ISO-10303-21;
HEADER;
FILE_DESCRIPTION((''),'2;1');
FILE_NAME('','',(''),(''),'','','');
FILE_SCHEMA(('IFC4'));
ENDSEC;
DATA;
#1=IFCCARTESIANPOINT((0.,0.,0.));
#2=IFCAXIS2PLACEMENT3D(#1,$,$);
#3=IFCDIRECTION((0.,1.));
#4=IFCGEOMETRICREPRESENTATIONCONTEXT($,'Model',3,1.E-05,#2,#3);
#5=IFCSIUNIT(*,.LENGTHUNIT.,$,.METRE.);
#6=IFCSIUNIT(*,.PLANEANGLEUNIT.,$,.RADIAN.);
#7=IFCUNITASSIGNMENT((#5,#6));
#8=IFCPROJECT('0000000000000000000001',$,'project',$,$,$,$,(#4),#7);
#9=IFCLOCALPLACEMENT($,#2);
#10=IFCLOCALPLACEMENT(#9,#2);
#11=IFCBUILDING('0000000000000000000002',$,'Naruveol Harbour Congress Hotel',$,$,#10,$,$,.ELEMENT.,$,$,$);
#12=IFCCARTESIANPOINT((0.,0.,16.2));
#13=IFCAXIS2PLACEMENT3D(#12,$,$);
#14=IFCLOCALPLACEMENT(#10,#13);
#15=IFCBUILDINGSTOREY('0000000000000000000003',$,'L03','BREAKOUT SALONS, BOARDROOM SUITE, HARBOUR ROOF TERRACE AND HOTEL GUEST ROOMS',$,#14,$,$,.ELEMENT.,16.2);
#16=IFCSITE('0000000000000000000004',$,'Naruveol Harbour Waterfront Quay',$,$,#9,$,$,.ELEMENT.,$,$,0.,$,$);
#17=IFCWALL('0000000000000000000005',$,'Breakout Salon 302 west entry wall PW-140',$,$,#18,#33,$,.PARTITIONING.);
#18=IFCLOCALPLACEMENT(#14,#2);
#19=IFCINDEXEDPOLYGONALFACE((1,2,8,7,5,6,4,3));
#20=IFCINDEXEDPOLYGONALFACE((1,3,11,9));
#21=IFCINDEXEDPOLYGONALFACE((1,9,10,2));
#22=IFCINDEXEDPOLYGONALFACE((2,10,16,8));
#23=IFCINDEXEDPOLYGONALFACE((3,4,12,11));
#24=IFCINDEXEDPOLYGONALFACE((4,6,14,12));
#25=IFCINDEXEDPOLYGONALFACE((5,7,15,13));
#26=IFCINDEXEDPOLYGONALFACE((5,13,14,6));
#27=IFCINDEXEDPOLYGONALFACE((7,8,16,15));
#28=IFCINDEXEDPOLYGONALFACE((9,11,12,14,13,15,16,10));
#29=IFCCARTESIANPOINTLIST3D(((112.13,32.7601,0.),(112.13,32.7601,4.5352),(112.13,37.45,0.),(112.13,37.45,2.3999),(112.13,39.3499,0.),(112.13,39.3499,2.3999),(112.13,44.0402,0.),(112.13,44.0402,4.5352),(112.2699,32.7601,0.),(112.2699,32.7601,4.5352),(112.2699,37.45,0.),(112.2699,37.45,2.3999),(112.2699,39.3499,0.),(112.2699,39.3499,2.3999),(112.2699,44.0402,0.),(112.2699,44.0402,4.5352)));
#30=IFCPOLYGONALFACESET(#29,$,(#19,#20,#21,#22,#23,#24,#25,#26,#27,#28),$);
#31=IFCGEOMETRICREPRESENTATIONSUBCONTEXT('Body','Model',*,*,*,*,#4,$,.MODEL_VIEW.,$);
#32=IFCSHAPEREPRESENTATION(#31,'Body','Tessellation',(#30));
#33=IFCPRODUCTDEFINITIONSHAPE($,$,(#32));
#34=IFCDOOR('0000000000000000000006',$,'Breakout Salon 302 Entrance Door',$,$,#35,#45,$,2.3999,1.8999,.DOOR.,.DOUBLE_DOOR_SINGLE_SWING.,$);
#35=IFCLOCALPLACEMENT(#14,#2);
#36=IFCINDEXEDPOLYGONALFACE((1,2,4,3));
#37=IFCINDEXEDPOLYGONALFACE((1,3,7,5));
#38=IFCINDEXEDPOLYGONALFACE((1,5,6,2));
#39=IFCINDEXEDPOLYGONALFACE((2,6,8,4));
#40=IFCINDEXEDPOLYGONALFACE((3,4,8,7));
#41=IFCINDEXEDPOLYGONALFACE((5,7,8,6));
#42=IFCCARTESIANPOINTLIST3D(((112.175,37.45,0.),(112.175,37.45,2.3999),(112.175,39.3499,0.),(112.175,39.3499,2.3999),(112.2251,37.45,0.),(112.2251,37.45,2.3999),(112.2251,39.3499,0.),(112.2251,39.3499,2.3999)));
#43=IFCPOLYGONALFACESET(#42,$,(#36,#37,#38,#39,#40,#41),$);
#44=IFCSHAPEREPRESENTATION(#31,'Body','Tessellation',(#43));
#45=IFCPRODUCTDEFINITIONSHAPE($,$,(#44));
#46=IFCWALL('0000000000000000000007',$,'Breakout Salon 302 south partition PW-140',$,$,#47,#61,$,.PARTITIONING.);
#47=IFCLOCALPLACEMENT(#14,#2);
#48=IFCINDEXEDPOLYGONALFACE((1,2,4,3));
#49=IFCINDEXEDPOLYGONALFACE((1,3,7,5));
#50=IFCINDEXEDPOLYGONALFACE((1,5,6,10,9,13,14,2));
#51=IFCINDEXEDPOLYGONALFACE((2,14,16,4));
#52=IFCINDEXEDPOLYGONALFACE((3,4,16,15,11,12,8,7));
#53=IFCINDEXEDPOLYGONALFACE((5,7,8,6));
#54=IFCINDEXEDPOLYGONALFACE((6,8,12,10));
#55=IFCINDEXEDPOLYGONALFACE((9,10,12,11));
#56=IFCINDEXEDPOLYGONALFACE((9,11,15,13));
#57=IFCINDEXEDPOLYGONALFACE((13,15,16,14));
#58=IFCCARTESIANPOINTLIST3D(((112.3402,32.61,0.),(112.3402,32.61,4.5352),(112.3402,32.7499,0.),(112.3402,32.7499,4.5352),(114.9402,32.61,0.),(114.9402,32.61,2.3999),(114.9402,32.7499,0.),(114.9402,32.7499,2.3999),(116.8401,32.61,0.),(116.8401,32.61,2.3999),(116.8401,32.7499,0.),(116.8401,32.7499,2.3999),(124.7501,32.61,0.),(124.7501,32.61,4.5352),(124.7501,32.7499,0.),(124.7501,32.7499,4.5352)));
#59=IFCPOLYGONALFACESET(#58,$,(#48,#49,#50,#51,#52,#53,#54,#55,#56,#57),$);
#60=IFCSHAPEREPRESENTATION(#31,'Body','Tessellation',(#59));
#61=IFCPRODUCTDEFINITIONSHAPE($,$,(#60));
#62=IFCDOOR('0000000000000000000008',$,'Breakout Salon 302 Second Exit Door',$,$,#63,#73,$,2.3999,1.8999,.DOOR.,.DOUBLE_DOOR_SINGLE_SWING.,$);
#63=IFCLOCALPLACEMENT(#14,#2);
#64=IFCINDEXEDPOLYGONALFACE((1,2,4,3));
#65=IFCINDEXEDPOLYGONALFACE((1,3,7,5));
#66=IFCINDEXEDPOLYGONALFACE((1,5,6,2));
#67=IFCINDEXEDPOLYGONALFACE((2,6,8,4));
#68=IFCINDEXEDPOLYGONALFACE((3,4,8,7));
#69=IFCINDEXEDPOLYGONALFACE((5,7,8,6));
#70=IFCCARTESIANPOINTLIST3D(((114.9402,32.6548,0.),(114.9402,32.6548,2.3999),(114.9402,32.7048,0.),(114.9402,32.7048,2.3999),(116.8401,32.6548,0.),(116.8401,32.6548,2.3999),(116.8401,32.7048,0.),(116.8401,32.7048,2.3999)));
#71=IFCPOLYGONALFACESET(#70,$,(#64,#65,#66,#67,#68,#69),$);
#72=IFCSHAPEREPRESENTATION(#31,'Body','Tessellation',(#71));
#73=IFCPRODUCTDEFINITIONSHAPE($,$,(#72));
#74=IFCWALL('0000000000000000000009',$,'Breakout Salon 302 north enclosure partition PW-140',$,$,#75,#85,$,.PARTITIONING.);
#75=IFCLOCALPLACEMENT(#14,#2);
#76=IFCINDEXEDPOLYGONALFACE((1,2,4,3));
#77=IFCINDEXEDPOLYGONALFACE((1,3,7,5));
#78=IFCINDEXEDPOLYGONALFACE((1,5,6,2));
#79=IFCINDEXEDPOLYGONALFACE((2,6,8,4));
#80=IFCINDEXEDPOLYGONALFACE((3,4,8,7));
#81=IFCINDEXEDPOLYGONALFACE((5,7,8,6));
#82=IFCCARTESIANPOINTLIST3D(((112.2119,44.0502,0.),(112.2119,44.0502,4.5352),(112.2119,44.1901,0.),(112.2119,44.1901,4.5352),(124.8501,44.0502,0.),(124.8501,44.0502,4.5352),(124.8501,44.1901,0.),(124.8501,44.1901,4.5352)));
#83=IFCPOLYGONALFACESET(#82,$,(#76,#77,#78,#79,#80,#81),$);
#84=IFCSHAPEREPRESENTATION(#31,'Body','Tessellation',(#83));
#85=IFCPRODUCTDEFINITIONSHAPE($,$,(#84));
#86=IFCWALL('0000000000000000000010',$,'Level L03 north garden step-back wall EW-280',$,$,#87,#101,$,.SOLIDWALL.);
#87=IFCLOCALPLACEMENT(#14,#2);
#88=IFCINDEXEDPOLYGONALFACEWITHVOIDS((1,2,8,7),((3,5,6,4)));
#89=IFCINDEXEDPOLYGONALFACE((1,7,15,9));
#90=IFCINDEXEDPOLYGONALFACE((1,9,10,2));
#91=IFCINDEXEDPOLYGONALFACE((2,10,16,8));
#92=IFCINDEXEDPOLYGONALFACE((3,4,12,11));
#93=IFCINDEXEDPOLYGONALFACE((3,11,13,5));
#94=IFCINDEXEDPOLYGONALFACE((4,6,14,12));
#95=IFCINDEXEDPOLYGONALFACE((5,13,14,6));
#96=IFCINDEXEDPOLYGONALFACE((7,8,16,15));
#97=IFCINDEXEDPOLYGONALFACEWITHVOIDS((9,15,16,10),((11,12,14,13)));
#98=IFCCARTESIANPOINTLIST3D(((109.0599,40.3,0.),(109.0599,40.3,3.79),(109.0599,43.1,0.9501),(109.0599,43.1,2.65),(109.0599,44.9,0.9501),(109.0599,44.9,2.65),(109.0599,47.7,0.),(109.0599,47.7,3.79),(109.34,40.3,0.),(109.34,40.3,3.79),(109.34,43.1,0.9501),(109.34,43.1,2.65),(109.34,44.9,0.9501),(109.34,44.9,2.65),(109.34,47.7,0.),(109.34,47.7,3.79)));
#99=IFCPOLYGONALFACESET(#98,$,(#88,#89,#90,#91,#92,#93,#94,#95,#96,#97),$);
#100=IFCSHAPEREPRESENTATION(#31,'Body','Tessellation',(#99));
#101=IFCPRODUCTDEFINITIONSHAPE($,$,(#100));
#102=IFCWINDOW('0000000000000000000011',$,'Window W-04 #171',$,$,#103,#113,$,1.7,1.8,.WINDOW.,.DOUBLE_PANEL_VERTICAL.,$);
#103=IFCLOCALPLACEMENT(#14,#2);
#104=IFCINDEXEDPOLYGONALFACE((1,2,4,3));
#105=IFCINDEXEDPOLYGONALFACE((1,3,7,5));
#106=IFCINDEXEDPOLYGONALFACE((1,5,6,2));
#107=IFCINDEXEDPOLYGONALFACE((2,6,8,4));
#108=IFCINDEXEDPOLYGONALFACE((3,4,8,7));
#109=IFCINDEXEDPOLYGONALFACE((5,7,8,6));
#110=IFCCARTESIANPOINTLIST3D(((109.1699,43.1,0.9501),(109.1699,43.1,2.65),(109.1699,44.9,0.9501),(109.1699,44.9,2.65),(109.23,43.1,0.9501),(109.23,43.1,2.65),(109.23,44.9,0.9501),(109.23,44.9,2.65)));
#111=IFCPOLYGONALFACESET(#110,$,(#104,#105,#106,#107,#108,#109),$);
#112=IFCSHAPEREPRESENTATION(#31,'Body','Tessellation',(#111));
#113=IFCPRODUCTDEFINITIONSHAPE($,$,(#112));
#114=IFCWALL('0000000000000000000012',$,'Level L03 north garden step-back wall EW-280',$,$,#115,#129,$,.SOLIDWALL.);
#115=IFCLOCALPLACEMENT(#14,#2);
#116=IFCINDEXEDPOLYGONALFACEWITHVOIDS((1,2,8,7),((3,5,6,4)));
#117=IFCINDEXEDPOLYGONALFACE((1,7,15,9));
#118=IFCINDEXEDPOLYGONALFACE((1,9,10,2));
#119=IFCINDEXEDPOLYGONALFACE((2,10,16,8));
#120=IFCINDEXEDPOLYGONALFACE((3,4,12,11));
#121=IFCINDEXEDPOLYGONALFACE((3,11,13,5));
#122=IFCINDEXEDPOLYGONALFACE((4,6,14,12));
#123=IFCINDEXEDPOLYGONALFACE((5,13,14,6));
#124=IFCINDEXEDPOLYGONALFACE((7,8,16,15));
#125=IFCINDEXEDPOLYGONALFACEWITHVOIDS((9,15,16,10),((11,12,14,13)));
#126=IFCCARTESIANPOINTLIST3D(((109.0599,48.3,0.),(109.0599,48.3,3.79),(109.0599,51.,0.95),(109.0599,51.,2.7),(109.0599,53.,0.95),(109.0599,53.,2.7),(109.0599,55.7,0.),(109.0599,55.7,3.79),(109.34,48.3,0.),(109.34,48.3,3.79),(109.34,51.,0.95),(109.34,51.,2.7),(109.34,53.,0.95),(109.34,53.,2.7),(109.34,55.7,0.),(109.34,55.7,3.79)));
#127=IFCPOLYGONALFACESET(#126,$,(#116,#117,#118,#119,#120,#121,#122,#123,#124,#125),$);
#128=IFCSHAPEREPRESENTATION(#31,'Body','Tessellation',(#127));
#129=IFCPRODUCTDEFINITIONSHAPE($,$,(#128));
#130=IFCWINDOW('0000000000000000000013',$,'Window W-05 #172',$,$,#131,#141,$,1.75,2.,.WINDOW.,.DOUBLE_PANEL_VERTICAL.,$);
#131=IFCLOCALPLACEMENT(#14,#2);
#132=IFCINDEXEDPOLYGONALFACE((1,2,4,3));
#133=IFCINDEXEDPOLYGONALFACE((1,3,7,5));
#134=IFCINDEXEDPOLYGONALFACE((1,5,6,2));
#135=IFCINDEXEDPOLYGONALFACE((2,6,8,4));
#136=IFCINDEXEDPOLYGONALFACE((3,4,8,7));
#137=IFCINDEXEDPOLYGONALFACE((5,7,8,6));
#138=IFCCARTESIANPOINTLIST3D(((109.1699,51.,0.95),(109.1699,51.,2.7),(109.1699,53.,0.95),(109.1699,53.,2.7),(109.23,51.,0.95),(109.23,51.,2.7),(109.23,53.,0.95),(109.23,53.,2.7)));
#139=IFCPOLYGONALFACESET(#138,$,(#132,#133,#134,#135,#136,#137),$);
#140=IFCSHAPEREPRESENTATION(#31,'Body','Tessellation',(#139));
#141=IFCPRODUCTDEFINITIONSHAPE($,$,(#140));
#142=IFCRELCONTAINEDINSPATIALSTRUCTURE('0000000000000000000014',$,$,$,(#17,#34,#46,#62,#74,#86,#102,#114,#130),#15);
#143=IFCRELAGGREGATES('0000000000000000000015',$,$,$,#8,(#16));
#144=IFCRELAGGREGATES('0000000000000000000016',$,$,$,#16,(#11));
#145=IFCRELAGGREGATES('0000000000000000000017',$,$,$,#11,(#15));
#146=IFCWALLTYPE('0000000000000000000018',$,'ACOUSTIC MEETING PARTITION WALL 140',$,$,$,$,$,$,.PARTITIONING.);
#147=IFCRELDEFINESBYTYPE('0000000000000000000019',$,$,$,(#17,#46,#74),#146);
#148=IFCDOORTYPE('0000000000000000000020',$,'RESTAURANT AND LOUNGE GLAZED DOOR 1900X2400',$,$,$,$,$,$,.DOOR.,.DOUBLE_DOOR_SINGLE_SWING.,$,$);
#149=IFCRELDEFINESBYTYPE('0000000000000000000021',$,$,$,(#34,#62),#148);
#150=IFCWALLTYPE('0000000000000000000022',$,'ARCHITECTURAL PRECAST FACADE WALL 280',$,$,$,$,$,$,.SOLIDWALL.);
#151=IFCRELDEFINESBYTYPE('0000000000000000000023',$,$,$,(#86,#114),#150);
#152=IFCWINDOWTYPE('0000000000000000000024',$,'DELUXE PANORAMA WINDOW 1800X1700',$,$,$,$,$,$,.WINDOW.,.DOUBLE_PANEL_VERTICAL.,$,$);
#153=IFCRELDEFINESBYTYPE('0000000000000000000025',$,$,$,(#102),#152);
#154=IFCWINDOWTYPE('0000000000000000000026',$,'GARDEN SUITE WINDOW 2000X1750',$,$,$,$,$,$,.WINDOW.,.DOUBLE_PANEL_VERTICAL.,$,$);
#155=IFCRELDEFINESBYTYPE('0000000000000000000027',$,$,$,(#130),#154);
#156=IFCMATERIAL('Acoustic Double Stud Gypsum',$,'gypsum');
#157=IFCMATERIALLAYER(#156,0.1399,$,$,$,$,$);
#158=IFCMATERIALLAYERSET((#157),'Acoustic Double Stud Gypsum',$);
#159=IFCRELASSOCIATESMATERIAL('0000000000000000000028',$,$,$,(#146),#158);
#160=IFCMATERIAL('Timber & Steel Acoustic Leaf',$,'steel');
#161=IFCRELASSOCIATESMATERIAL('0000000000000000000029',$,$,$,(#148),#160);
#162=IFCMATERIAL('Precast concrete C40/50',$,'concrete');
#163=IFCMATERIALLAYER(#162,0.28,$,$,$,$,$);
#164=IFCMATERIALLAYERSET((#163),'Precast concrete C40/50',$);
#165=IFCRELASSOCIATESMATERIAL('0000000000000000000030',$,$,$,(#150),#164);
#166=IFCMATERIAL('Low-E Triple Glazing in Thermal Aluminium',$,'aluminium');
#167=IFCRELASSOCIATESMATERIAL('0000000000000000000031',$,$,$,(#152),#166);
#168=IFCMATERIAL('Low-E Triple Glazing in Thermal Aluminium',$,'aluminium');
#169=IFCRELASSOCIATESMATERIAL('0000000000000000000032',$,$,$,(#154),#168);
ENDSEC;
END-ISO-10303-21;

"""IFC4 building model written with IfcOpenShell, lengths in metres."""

from ifc_helpers import new_model, si_unit, direction, frame, frame_2d, origin, place, context, subcontext, project, spatial, rectangle, extrude, material, layer, layer_set, type_object, element, fill, save


model = new_model("IFC4")

# Units and contexts
model_context = context("Model", 3, precision=1e-05, world=origin(), true_north=direction((0.0, 1.0)))
body_context = subcontext(model_context, "Body", "Model", "MODEL_VIEW")
ifc_project = project(units=[si_unit("LENGTHUNIT", "METRE"), si_unit("PLANEANGLEUNIT", "RADIAN")], contexts=[model_context])

# Site, building, storey
site_placement = place(None, origin())
site = spatial("IfcSite", under=ifc_project, at=site_placement, Name="Naruveol Harbour Waterfront Quay", CompositionType="ELEMENT", RefElevation=0.0)
building_placement = place(site_placement, origin())
building = spatial("IfcBuilding", under=site, at=building_placement, Name="Naruveol Harbour Congress Hotel", CompositionType="ELEMENT")
storey_placement = place(building_placement, frame((0.0, 0.0, 16.2)))
storey = spatial("IfcBuildingStorey", under=building, at=storey_placement, Name="L03", Description="BREAKOUT SALONS, BOARDROOM SUITE, HARBOUR ROOF TERRACE AND HOTEL GUEST ROOMS", CompositionType="ELEMENT", Elevation=16.2)

# Walls, openings, doors
ifc_material_1 = material(Name="Acoustic Double Stud Gypsum", Category="gypsum")
ifc_layer_1 = layer(ifc_material_1, 0.1399)
ifc_layer_set_1 = layer_set([ifc_layer_1], Name="Acoustic Double Stud Gypsum")
wall_type_1 = type_object("IfcWallType", Name="ACOUSTIC MEETING PARTITION WALL 140", PredefinedType="PARTITIONING", material=ifc_layer_set_1)
wall_1_placement = place(storey_placement, frame((112.2, 32.76, 0.0), z_axis=(0.0, 0.0, 1.0), x_axis=(0.0, 1.0, 0.0)))
wall_1 = element("IfcWall", 1, at=wall_1_placement, inside=storey, type_object=wall_type_1, Name="Breakout Salon 302 west entry wall PW-140", PredefinedType="PARTITIONING", context=body_context, shape_type="SweptSolid", body=[
    extrude(rectangle(XDim=11.28, YDim=0.1399, at=frame_2d((5.6401, 0.0))), origin(), (0.0, 0.0, 1.0), 4.5352),
])
opening_1_placement = place(wall_1_placement, frame((4.6899, 0.0, 0.0)))
opening_1 = element("IfcOpeningElement", 2, at=opening_1_placement, cuts=wall_1, PredefinedType="OPENING", context=body_context, shape_type="SweptSolid", body=[
    extrude(rectangle(XDim=1.8999, YDim=2.3999, at=frame_2d((0.95, 1.2))), frame((0.0, 0.0798, 0.0), z_axis=(0.0, -1.0, 0.0), x_axis=(1.0, 0.0, 0.0)), (0.0, 0.0, 1.0), 0.1599),
])
ifc_material_2 = material(Name="Timber & Steel Acoustic Leaf", Category="steel")
door_type_1 = type_object("IfcDoorType", Name="RESTAURANT AND LOUNGE GLAZED DOOR 1900X2400", OperationType="DOUBLE_DOOR_SINGLE_SWING", PredefinedType="DOOR", material=ifc_material_2)
door_1_placement = place(opening_1_placement, origin())
door_1 = element("IfcDoor", 3, at=door_1_placement, inside=storey, type_object=door_type_1, Name="Breakout Salon 302 Entrance Door", OperationType="DOUBLE_DOOR_SINGLE_SWING", OverallHeight=2.3999, OverallWidth=1.8999, PredefinedType="DOOR", context=body_context, shape_type="SweptSolid", body=[
    extrude(rectangle(XDim=1.8999, YDim=2.3999, at=frame_2d((0.95, 1.2))), frame((0.0, 0.0249, 0.0), z_axis=(0.0, -1.0, 0.0), x_axis=(1.0, 0.0, 0.0)), (0.0, 0.0, 1.0), 0.05),
])
fill(opening_1, door_1)
wall_2_placement = place(storey_placement, frame((112.3401, 32.6799, 0.0), z_axis=(0.0, 0.0, 1.0), x_axis=(1.0, 0.0, 0.0)))
wall_2 = element("IfcWall", 4, at=wall_2_placement, inside=storey, type_object=wall_type_1, Name="Breakout Salon 302 south partition PW-140", PredefinedType="PARTITIONING", context=body_context, shape_type="SweptSolid", body=[
    extrude(rectangle(XDim=12.4099, YDim=0.1399, at=frame_2d((6.2051, 0.0))), origin(), (0.0, 0.0, 1.0), 4.5352),
])
opening_2_placement = place(wall_2_placement, frame((2.6001, 0.0, 0.0)))
opening_2 = element("IfcOpeningElement", 5, at=opening_2_placement, cuts=wall_2, PredefinedType="OPENING", context=body_context, shape_type="SweptSolid", body=[
    extrude(rectangle(XDim=1.8999, YDim=2.3999, at=frame_2d((0.95, 1.2))), frame((0.0, 0.0798, 0.0), z_axis=(0.0, -1.0, 0.0), x_axis=(1.0, 0.0, 0.0)), (0.0, 0.0, 1.0), 0.1599),
])
door_2_placement = place(opening_2_placement, origin())
door_2 = element("IfcDoor", 6, at=door_2_placement, inside=storey, type_object=door_type_1, Name="Breakout Salon 302 Second Exit Door", OperationType="DOUBLE_DOOR_SINGLE_SWING", OverallHeight=2.3999, OverallWidth=1.8999, PredefinedType="DOOR", context=body_context, shape_type="SweptSolid", body=[
    extrude(rectangle(XDim=1.8999, YDim=2.3999, at=frame_2d((0.95, 1.2))), frame((0.0, 0.0249, 0.0), z_axis=(0.0, -1.0, 0.0), x_axis=(1.0, 0.0, 0.0)), (0.0, 0.0, 1.0), 0.05),
])
fill(opening_2, door_2)

# Wall
wall_3_placement = place(storey_placement, frame((112.2119, 44.1201, 0.0), z_axis=(0.0, 0.0, 1.0), x_axis=(1.0, 0.0, 0.0)))
element("IfcWall", 7, at=wall_3_placement, inside=storey, type_object=wall_type_1, Name="Breakout Salon 302 north enclosure partition PW-140", PredefinedType="PARTITIONING", context=body_context, shape_type="SweptSolid", body=[
    extrude(rectangle(XDim=12.6382, YDim=0.1399, at=frame_2d((6.3191, 0.0))), origin(), (0.0, 0.0, 1.0), 4.5352),
])

# Walls, openings, windows
ifc_material_3 = material(Name="Precast concrete C40/50", Category="concrete")
ifc_layer_2 = layer(ifc_material_3, 0.28)
ifc_layer_set_2 = layer_set([ifc_layer_2], Name="Precast concrete C40/50")
wall_type_2 = type_object("IfcWallType", Name="ARCHITECTURAL PRECAST FACADE WALL 280", PredefinedType="SOLIDWALL", material=ifc_layer_set_2)
wall_4_placement = place(storey_placement, frame((109.2, 40.3, 0.0), z_axis=(0.0, 0.0, 1.0), x_axis=(0.0, 1.0, 0.0)))
wall_4 = element("IfcWall", 8, at=wall_4_placement, inside=storey, type_object=wall_type_2, Name="Level L03 north garden step-back wall EW-280", PredefinedType="SOLIDWALL", context=body_context, shape_type="SweptSolid", body=[
    extrude(rectangle(XDim=7.3999, YDim=0.28, at=frame_2d((3.7, 0.0))), origin(), (0.0, 0.0, 1.0), 3.79),
])
opening_3_placement = place(wall_4_placement, frame((2.8, 0.0, 0.95)))
opening_3 = element("IfcOpeningElement", 9, at=opening_3_placement, cuts=wall_4, PredefinedType="OPENING", context=body_context, shape_type="SweptSolid", body=[
    extrude(rectangle(XDim=1.8, YDim=1.7, at=frame_2d((0.8999, 0.8501))), frame((0.0, 0.1499, 0.0), z_axis=(0.0, -1.0, 0.0), x_axis=(1.0, 0.0, 0.0)), (0.0, 0.0, 1.0), 0.3),
])
ifc_material_4 = material(Name="Low-E Triple Glazing in Thermal Aluminium", Category="aluminium")
window_type_1 = type_object("IfcWindowType", Name="DELUXE PANORAMA WINDOW 1800X1700", PartitioningType="DOUBLE_PANEL_VERTICAL", PredefinedType="WINDOW", material=ifc_material_4)
window_1_placement = place(opening_3_placement, origin())
window_1 = element("IfcWindow", 10, at=window_1_placement, inside=storey, type_object=window_type_1, Name="Window W-04 #171", OverallHeight=1.7, OverallWidth=1.8, PartitioningType="DOUBLE_PANEL_VERTICAL", PredefinedType="WINDOW", context=body_context, shape_type="SweptSolid", body=[
    extrude(rectangle(XDim=1.8, YDim=1.7, at=frame_2d((0.8999, 0.8501))), frame((0.0, 0.03, 0.0), z_axis=(0.0, -1.0, 0.0), x_axis=(1.0, 0.0, 0.0)), (0.0, 0.0, 1.0), 0.0601),
])
fill(opening_3, window_1)
wall_5_placement = place(storey_placement, frame((109.2, 48.3, 0.0), z_axis=(0.0, 0.0, 1.0), x_axis=(0.0, 1.0, 0.0)))
wall_5 = element("IfcWall", 11, at=wall_5_placement, inside=storey, type_object=wall_type_2, Name="Level L03 north garden step-back wall EW-280", PredefinedType="SOLIDWALL", context=body_context, shape_type="SweptSolid", body=[
    extrude(rectangle(XDim=7.3999, YDim=0.28, at=frame_2d((3.7, 0.0))), origin(), (0.0, 0.0, 1.0), 3.79),
])
opening_4_placement = place(wall_5_placement, frame((2.7, 0.0, 0.95)))
opening_4 = element("IfcOpeningElement", 12, at=opening_4_placement, cuts=wall_5, PredefinedType="OPENING", context=body_context, shape_type="SweptSolid", body=[
    extrude(rectangle(XDim=2.0, YDim=1.75, at=frame_2d((1.0, 0.875))), frame((0.0, 0.1499, 0.0), z_axis=(0.0, -1.0, 0.0), x_axis=(1.0, 0.0, 0.0)), (0.0, 0.0, 1.0), 0.3),
])
ifc_material_5 = material(Name="Low-E Triple Glazing in Thermal Aluminium", Category="aluminium")
window_type_2 = type_object("IfcWindowType", Name="GARDEN SUITE WINDOW 2000X1750", PartitioningType="DOUBLE_PANEL_VERTICAL", PredefinedType="WINDOW", material=ifc_material_5)
window_2_placement = place(opening_4_placement, origin())
window_2 = element("IfcWindow", 13, at=window_2_placement, inside=storey, type_object=window_type_2, Name="Window W-05 #172", OverallHeight=1.75, OverallWidth=2.0, PartitioningType="DOUBLE_PANEL_VERTICAL", PredefinedType="WINDOW", context=body_context, shape_type="SweptSolid", body=[
    extrude(rectangle(XDim=2.0, YDim=1.75, at=frame_2d((1.0, 0.875))), frame((0.0, 0.03, 0.0), z_axis=(0.0, -1.0, 0.0), x_axis=(1.0, 0.0, 0.0)), (0.0, 0.0, 1.0), 0.0601),
])
fill(opening_4, window_2)

save(model, "model.ifc")
